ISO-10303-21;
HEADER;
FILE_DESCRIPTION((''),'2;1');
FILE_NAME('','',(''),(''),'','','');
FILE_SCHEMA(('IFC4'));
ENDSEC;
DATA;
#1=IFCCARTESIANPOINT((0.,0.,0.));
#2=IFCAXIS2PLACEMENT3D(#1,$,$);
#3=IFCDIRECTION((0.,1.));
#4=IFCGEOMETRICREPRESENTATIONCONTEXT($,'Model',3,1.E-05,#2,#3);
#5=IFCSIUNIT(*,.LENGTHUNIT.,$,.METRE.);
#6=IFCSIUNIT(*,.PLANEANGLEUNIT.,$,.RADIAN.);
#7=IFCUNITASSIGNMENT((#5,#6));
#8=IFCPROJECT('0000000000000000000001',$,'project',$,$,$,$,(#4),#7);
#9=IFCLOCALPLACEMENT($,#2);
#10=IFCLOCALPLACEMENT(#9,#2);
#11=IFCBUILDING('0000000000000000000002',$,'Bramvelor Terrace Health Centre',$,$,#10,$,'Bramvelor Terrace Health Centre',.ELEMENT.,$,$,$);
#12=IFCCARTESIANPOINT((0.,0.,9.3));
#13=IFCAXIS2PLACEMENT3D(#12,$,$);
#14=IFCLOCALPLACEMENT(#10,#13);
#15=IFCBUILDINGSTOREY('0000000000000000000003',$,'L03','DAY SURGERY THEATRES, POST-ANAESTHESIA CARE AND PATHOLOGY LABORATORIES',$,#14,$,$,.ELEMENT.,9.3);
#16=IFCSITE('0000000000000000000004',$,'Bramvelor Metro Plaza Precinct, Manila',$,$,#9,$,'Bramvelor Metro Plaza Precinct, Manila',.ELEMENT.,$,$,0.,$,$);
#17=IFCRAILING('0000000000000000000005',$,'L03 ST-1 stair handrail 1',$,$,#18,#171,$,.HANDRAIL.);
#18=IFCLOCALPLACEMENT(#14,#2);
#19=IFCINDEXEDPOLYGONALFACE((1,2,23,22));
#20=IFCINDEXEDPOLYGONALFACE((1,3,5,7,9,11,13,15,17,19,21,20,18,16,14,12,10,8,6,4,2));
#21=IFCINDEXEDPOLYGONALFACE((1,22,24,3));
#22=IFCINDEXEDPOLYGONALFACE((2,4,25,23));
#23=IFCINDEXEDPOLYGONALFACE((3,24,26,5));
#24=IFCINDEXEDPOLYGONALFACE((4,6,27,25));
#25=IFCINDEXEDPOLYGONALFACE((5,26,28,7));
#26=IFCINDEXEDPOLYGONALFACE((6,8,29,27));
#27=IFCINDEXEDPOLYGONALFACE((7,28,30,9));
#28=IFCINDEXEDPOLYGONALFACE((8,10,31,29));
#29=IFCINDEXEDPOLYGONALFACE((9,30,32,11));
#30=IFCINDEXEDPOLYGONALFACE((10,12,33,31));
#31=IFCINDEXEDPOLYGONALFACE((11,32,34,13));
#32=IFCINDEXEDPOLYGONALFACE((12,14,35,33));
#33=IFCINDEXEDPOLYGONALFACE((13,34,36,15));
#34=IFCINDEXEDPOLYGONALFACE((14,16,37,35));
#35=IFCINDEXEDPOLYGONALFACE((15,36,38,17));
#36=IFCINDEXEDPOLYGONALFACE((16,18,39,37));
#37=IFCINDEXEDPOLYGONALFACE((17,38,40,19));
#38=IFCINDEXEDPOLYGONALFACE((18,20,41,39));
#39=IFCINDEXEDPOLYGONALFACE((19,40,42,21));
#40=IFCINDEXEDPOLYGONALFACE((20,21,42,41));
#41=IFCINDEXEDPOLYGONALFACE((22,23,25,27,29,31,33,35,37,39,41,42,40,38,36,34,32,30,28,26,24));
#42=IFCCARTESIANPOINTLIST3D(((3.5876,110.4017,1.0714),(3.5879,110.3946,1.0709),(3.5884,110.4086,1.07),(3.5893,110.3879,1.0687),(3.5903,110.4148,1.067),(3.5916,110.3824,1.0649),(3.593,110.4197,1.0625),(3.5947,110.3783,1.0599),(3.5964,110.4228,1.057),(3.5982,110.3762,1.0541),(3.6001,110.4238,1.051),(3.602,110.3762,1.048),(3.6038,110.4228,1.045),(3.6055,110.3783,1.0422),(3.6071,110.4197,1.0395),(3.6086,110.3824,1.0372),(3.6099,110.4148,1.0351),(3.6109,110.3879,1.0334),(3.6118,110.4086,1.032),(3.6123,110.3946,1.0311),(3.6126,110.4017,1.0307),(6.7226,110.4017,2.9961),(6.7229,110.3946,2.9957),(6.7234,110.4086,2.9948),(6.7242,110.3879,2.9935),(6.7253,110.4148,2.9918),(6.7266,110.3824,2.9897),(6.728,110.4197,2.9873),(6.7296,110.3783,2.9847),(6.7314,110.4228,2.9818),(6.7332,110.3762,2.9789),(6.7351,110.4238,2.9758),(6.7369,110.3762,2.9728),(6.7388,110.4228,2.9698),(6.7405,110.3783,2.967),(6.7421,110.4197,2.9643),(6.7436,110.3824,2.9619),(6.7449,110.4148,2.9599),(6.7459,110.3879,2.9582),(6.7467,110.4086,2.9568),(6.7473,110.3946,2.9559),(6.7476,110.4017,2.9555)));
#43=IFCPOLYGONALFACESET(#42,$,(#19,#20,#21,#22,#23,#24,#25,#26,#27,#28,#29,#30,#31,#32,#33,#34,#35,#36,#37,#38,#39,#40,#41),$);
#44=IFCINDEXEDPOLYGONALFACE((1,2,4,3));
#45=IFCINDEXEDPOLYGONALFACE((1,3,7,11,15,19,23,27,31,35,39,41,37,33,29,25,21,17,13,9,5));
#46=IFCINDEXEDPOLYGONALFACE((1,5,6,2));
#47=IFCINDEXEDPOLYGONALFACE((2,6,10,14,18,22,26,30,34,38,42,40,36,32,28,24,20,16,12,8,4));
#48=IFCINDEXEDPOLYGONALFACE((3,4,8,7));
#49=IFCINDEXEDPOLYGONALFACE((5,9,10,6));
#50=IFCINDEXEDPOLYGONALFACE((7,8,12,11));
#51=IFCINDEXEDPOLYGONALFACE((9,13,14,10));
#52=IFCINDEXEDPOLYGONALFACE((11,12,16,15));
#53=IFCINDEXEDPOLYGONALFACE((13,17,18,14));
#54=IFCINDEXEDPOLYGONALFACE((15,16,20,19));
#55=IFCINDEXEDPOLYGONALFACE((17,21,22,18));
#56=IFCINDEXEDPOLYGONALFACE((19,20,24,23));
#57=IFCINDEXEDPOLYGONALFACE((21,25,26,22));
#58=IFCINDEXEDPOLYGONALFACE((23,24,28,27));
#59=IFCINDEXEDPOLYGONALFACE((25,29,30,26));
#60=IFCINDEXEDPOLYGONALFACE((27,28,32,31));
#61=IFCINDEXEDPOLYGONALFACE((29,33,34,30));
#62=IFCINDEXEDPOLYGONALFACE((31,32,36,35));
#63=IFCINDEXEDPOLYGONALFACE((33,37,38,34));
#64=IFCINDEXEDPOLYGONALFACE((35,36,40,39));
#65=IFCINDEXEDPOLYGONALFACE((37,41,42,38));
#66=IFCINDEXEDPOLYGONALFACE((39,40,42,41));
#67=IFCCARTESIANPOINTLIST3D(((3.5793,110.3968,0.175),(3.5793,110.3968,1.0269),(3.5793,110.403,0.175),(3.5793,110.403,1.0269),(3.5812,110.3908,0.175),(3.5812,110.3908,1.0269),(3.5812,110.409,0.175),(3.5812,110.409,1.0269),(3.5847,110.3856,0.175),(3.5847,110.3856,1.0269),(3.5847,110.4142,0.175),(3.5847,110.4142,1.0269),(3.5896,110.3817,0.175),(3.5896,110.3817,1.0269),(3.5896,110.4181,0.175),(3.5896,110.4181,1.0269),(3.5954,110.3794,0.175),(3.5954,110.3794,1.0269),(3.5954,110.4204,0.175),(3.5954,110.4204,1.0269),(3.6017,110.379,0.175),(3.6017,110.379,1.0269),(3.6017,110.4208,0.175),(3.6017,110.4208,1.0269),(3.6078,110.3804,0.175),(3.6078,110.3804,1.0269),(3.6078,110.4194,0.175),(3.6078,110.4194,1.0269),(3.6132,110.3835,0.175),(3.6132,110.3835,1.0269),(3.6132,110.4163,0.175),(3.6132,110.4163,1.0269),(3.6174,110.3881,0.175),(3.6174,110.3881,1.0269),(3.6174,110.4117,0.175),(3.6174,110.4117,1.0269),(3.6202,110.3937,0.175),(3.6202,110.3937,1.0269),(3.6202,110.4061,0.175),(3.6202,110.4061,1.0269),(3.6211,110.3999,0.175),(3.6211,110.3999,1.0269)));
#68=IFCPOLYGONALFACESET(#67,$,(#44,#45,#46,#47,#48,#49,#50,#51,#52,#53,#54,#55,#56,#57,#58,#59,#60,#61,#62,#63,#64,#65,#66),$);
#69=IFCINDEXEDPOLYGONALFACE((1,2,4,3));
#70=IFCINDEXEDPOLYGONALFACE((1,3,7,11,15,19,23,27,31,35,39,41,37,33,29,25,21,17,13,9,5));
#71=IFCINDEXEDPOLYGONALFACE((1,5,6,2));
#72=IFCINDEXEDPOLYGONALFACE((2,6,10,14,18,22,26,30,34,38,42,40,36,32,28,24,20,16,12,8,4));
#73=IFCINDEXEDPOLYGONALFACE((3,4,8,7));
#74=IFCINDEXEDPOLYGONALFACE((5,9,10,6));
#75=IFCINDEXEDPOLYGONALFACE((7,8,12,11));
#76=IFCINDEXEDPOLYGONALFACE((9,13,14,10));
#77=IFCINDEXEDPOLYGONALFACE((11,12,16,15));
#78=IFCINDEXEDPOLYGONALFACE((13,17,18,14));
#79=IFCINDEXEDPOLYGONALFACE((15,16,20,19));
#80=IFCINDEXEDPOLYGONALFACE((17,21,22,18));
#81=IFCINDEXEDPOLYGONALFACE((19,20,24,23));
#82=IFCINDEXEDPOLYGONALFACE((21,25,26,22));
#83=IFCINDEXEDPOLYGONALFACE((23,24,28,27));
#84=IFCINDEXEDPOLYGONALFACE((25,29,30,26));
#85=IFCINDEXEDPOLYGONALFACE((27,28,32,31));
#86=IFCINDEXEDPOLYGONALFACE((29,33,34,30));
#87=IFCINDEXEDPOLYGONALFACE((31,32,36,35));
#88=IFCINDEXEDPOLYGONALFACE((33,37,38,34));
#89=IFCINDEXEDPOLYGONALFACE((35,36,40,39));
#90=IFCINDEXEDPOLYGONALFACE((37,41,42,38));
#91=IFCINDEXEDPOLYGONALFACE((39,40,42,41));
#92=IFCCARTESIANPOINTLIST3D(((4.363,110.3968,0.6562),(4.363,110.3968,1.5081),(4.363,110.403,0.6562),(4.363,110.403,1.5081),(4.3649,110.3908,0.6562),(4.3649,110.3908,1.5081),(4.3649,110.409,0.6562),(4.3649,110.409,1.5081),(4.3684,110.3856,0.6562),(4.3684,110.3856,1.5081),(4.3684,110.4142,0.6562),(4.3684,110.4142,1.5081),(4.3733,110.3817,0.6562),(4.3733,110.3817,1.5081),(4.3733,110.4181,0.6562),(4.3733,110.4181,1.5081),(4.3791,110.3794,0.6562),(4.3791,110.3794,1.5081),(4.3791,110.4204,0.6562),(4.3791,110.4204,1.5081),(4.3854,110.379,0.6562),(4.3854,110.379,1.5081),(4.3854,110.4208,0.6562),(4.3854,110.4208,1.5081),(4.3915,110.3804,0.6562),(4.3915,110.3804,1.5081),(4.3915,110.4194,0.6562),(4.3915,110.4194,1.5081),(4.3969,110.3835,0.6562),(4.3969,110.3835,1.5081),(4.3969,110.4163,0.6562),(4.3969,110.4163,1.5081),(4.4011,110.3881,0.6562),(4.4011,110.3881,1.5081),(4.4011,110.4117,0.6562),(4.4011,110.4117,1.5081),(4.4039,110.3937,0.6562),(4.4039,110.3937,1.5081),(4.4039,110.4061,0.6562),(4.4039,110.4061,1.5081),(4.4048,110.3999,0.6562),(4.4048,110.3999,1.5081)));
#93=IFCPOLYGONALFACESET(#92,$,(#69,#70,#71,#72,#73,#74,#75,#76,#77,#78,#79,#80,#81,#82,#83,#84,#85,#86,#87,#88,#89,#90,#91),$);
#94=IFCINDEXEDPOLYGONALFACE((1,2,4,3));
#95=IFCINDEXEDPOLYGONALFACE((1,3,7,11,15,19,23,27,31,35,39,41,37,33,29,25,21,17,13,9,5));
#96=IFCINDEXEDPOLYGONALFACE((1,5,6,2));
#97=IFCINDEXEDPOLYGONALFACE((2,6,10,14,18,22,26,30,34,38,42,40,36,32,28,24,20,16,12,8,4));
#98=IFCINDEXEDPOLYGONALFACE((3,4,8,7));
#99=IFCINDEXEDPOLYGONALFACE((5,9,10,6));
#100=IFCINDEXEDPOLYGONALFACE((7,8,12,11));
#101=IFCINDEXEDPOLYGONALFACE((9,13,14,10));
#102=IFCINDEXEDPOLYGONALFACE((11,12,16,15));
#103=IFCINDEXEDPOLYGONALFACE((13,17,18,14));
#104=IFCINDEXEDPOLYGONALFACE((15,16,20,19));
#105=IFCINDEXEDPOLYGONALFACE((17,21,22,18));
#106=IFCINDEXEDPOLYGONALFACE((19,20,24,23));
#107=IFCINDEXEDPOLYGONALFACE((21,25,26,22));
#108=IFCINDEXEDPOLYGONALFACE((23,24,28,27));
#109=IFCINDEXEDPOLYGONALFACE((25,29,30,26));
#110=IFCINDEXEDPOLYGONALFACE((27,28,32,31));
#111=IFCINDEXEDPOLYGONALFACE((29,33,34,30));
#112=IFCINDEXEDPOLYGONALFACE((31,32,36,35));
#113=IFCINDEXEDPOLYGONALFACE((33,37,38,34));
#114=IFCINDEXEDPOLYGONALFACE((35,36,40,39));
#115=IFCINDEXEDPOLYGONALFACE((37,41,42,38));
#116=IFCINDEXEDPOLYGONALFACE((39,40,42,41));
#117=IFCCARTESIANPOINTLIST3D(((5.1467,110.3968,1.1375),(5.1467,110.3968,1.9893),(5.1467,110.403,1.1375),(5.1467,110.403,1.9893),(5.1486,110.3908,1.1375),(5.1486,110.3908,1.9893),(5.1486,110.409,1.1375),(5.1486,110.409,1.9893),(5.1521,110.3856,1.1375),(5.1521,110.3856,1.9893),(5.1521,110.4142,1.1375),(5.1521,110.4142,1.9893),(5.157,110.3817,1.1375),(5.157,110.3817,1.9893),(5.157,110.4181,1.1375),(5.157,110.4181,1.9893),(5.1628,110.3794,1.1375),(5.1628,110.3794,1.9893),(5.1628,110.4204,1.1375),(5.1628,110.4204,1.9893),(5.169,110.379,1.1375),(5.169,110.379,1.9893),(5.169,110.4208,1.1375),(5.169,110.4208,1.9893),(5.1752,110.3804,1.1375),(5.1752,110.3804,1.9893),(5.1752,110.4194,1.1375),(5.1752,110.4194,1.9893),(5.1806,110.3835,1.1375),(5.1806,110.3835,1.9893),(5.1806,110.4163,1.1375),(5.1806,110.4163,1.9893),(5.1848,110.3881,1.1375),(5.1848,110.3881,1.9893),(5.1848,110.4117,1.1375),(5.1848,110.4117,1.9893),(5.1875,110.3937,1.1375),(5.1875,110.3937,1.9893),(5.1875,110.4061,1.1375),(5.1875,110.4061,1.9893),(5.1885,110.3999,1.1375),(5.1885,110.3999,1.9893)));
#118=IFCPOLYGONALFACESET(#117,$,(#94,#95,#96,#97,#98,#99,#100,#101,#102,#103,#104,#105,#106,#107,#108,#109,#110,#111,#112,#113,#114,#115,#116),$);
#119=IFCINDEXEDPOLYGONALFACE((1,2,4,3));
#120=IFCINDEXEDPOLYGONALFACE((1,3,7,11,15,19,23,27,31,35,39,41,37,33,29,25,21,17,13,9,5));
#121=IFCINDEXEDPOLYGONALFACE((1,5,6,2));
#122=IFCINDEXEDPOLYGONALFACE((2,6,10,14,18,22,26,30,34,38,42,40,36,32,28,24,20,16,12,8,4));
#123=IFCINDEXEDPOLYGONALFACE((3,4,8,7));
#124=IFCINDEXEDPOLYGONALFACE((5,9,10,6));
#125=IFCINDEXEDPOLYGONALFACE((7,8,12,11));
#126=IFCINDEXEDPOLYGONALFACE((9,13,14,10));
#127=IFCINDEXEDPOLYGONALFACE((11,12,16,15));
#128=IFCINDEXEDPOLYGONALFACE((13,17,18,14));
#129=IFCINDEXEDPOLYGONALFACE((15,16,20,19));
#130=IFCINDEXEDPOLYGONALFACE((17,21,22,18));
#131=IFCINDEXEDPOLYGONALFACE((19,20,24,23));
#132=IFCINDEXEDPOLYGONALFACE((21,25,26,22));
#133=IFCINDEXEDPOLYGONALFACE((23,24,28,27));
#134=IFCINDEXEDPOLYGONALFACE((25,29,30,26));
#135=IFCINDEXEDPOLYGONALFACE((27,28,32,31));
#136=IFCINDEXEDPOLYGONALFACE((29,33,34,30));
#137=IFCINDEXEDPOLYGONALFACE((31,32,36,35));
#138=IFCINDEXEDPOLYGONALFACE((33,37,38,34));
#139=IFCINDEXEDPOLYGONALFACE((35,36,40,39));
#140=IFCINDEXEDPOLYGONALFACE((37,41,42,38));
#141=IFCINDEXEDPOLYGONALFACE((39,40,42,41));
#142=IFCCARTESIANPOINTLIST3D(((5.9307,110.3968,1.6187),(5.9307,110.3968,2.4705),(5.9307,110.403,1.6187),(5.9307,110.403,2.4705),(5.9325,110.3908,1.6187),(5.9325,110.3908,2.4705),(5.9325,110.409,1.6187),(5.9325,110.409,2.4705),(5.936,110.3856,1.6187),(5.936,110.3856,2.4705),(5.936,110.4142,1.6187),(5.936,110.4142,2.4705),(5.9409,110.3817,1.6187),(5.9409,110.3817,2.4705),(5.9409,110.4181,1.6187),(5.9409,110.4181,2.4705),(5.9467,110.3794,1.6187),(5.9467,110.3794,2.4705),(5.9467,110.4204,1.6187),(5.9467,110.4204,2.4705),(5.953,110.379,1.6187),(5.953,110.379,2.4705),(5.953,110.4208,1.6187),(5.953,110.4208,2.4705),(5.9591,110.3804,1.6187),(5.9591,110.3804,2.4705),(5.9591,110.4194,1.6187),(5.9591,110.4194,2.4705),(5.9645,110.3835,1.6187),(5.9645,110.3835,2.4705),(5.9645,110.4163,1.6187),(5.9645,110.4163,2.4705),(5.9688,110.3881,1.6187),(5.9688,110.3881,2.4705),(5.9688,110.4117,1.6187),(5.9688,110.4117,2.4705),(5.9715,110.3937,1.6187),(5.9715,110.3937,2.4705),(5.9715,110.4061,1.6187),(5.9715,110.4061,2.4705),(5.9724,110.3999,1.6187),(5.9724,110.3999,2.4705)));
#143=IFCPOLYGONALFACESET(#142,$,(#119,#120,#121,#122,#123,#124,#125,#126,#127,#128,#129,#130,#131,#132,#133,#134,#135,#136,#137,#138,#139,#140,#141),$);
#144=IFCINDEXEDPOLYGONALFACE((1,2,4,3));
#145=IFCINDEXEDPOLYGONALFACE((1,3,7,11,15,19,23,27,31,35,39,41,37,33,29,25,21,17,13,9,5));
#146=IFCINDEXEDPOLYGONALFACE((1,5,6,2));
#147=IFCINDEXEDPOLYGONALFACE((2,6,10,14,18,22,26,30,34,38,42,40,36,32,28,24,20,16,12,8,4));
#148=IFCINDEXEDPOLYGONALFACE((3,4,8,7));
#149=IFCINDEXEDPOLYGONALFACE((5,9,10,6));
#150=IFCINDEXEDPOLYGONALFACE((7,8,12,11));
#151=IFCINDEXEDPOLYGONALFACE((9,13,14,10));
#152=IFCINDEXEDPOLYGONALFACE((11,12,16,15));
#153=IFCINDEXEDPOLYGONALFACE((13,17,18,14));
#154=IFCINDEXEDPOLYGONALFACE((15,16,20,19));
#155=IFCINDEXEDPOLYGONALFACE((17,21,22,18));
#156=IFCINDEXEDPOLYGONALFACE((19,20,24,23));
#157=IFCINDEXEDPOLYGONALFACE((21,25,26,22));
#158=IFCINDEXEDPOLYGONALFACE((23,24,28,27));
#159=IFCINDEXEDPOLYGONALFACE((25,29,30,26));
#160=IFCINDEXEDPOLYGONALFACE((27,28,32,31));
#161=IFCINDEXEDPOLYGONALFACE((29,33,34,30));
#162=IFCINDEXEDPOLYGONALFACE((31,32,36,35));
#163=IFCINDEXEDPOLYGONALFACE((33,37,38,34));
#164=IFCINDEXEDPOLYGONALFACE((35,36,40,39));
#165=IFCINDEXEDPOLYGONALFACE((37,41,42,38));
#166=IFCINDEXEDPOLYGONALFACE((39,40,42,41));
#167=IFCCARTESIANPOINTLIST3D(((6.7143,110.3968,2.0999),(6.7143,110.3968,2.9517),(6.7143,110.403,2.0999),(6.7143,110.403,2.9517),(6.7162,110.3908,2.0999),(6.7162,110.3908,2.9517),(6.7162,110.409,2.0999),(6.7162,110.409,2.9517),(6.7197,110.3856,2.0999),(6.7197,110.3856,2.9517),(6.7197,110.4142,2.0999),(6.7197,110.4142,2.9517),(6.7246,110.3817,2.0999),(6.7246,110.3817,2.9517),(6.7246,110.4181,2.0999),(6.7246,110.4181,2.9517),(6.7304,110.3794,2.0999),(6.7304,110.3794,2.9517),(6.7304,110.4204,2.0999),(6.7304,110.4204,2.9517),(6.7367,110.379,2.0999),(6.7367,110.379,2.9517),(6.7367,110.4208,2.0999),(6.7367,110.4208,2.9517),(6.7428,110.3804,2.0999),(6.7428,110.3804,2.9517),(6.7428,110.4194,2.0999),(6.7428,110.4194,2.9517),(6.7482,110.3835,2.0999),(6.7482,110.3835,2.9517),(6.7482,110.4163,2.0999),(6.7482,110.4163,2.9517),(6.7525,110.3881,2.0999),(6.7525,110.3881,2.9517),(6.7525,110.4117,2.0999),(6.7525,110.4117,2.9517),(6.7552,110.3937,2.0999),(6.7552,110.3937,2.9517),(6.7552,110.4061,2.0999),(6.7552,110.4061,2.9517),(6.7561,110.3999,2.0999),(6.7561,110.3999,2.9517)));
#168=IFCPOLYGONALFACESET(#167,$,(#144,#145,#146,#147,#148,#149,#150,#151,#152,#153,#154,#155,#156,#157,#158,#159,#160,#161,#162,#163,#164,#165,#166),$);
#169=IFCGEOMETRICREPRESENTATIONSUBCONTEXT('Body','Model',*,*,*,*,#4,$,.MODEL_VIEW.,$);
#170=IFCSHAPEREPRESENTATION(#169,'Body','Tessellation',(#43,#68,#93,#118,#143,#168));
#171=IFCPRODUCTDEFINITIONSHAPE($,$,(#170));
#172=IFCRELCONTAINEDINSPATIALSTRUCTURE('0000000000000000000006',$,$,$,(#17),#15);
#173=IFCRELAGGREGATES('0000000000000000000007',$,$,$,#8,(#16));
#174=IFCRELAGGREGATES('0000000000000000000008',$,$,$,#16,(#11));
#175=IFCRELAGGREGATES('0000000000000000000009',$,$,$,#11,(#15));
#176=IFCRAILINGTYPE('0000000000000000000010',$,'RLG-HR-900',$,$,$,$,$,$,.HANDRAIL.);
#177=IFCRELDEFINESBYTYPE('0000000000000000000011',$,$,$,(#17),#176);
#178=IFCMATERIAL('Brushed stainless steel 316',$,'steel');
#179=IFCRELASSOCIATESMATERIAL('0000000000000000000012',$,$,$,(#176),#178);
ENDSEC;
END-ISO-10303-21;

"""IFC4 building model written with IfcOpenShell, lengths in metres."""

from ifc_helpers import new_model, si_unit, direction, frame, origin, origin_2d, place, context, subcontext, project, spatial, circle, extrude, material, type_object, element, save


model = new_model("IFC4")

# Units and contexts
model_context = context("Model", 3, precision=1e-05, world=origin(), true_north=direction((0.0, 1.0)))
body_context = subcontext(model_context, "Body", "Model", "MODEL_VIEW")
ifc_project = project(units=[si_unit("LENGTHUNIT", "METRE"), si_unit("PLANEANGLEUNIT", "RADIAN")], contexts=[model_context])

# Site, building, storey
site_placement = place(None, origin())
site = spatial("IfcSite", under=ifc_project, at=site_placement, Name="Bramvelor Metro Plaza Precinct, Manila", LongName="Bramvelor Metro Plaza Precinct, Manila", CompositionType="ELEMENT", RefElevation=0.0)
building_placement = place(site_placement, origin())
building = spatial("IfcBuilding", under=site, at=building_placement, Name="Bramvelor Terrace Health Centre", LongName="Bramvelor Terrace Health Centre", CompositionType="ELEMENT")
storey_placement = place(building_placement, frame((0.0, 0.0, 9.3)))
storey = spatial("IfcBuildingStorey", under=building, at=storey_placement, Name="L03", Description="DAY SURGERY THEATRES, POST-ANAESTHESIA CARE AND PATHOLOGY LABORATORIES", CompositionType="ELEMENT", Elevation=9.3)

# Railing
ifc_material_1 = material(Name="Brushed stainless steel 316", Category="steel")
railing_type_1 = type_object("IfcRailingType", Name="RLG-HR-900", PredefinedType="HANDRAIL", material=ifc_material_1)
railing_1_placement = place(storey_placement, frame((3.6001, 110.3999, 0.175)))
element("IfcRailing", 1, at=railing_1_placement, inside=storey, type_object=railing_type_1, Name="L03 ST-1 stair handrail 1", PredefinedType="HANDRAIL", context=body_context, shape_type="SweptSolid", body=[
    extrude(circle(Radius=0.0239, at=origin_2d()), frame((0.0, 0.0, 0.876), z_axis=(0.852196, 0.0, 0.523223), x_axis=(0.0, 1.0, 0.0)), (0.0, 0.0, 1.0), 3.6787),
    extrude(circle(Radius=0.021, at=origin_2d()), origin(), (0.0, 0.0, 1.0), 0.8518),
    extrude(circle(Radius=0.021, at=origin_2d()), frame((0.7837, 0.0, 0.4812)), (0.0, 0.0, 1.0), 0.8518),
    extrude(circle(Radius=0.021, at=origin_2d()), frame((1.5674, 0.0, 0.9624)), (0.0, 0.0, 1.0), 0.8518),
    extrude(circle(Radius=0.021, at=origin_2d()), frame((2.3513, 0.0, 1.4436)), (0.0, 0.0, 1.0), 0.8518),
    extrude(circle(Radius=0.021, at=origin_2d()), frame((3.135, 0.0, 1.9248)), (0.0, 0.0, 1.0), 0.8518),
])

save(model, "model.ifc")
